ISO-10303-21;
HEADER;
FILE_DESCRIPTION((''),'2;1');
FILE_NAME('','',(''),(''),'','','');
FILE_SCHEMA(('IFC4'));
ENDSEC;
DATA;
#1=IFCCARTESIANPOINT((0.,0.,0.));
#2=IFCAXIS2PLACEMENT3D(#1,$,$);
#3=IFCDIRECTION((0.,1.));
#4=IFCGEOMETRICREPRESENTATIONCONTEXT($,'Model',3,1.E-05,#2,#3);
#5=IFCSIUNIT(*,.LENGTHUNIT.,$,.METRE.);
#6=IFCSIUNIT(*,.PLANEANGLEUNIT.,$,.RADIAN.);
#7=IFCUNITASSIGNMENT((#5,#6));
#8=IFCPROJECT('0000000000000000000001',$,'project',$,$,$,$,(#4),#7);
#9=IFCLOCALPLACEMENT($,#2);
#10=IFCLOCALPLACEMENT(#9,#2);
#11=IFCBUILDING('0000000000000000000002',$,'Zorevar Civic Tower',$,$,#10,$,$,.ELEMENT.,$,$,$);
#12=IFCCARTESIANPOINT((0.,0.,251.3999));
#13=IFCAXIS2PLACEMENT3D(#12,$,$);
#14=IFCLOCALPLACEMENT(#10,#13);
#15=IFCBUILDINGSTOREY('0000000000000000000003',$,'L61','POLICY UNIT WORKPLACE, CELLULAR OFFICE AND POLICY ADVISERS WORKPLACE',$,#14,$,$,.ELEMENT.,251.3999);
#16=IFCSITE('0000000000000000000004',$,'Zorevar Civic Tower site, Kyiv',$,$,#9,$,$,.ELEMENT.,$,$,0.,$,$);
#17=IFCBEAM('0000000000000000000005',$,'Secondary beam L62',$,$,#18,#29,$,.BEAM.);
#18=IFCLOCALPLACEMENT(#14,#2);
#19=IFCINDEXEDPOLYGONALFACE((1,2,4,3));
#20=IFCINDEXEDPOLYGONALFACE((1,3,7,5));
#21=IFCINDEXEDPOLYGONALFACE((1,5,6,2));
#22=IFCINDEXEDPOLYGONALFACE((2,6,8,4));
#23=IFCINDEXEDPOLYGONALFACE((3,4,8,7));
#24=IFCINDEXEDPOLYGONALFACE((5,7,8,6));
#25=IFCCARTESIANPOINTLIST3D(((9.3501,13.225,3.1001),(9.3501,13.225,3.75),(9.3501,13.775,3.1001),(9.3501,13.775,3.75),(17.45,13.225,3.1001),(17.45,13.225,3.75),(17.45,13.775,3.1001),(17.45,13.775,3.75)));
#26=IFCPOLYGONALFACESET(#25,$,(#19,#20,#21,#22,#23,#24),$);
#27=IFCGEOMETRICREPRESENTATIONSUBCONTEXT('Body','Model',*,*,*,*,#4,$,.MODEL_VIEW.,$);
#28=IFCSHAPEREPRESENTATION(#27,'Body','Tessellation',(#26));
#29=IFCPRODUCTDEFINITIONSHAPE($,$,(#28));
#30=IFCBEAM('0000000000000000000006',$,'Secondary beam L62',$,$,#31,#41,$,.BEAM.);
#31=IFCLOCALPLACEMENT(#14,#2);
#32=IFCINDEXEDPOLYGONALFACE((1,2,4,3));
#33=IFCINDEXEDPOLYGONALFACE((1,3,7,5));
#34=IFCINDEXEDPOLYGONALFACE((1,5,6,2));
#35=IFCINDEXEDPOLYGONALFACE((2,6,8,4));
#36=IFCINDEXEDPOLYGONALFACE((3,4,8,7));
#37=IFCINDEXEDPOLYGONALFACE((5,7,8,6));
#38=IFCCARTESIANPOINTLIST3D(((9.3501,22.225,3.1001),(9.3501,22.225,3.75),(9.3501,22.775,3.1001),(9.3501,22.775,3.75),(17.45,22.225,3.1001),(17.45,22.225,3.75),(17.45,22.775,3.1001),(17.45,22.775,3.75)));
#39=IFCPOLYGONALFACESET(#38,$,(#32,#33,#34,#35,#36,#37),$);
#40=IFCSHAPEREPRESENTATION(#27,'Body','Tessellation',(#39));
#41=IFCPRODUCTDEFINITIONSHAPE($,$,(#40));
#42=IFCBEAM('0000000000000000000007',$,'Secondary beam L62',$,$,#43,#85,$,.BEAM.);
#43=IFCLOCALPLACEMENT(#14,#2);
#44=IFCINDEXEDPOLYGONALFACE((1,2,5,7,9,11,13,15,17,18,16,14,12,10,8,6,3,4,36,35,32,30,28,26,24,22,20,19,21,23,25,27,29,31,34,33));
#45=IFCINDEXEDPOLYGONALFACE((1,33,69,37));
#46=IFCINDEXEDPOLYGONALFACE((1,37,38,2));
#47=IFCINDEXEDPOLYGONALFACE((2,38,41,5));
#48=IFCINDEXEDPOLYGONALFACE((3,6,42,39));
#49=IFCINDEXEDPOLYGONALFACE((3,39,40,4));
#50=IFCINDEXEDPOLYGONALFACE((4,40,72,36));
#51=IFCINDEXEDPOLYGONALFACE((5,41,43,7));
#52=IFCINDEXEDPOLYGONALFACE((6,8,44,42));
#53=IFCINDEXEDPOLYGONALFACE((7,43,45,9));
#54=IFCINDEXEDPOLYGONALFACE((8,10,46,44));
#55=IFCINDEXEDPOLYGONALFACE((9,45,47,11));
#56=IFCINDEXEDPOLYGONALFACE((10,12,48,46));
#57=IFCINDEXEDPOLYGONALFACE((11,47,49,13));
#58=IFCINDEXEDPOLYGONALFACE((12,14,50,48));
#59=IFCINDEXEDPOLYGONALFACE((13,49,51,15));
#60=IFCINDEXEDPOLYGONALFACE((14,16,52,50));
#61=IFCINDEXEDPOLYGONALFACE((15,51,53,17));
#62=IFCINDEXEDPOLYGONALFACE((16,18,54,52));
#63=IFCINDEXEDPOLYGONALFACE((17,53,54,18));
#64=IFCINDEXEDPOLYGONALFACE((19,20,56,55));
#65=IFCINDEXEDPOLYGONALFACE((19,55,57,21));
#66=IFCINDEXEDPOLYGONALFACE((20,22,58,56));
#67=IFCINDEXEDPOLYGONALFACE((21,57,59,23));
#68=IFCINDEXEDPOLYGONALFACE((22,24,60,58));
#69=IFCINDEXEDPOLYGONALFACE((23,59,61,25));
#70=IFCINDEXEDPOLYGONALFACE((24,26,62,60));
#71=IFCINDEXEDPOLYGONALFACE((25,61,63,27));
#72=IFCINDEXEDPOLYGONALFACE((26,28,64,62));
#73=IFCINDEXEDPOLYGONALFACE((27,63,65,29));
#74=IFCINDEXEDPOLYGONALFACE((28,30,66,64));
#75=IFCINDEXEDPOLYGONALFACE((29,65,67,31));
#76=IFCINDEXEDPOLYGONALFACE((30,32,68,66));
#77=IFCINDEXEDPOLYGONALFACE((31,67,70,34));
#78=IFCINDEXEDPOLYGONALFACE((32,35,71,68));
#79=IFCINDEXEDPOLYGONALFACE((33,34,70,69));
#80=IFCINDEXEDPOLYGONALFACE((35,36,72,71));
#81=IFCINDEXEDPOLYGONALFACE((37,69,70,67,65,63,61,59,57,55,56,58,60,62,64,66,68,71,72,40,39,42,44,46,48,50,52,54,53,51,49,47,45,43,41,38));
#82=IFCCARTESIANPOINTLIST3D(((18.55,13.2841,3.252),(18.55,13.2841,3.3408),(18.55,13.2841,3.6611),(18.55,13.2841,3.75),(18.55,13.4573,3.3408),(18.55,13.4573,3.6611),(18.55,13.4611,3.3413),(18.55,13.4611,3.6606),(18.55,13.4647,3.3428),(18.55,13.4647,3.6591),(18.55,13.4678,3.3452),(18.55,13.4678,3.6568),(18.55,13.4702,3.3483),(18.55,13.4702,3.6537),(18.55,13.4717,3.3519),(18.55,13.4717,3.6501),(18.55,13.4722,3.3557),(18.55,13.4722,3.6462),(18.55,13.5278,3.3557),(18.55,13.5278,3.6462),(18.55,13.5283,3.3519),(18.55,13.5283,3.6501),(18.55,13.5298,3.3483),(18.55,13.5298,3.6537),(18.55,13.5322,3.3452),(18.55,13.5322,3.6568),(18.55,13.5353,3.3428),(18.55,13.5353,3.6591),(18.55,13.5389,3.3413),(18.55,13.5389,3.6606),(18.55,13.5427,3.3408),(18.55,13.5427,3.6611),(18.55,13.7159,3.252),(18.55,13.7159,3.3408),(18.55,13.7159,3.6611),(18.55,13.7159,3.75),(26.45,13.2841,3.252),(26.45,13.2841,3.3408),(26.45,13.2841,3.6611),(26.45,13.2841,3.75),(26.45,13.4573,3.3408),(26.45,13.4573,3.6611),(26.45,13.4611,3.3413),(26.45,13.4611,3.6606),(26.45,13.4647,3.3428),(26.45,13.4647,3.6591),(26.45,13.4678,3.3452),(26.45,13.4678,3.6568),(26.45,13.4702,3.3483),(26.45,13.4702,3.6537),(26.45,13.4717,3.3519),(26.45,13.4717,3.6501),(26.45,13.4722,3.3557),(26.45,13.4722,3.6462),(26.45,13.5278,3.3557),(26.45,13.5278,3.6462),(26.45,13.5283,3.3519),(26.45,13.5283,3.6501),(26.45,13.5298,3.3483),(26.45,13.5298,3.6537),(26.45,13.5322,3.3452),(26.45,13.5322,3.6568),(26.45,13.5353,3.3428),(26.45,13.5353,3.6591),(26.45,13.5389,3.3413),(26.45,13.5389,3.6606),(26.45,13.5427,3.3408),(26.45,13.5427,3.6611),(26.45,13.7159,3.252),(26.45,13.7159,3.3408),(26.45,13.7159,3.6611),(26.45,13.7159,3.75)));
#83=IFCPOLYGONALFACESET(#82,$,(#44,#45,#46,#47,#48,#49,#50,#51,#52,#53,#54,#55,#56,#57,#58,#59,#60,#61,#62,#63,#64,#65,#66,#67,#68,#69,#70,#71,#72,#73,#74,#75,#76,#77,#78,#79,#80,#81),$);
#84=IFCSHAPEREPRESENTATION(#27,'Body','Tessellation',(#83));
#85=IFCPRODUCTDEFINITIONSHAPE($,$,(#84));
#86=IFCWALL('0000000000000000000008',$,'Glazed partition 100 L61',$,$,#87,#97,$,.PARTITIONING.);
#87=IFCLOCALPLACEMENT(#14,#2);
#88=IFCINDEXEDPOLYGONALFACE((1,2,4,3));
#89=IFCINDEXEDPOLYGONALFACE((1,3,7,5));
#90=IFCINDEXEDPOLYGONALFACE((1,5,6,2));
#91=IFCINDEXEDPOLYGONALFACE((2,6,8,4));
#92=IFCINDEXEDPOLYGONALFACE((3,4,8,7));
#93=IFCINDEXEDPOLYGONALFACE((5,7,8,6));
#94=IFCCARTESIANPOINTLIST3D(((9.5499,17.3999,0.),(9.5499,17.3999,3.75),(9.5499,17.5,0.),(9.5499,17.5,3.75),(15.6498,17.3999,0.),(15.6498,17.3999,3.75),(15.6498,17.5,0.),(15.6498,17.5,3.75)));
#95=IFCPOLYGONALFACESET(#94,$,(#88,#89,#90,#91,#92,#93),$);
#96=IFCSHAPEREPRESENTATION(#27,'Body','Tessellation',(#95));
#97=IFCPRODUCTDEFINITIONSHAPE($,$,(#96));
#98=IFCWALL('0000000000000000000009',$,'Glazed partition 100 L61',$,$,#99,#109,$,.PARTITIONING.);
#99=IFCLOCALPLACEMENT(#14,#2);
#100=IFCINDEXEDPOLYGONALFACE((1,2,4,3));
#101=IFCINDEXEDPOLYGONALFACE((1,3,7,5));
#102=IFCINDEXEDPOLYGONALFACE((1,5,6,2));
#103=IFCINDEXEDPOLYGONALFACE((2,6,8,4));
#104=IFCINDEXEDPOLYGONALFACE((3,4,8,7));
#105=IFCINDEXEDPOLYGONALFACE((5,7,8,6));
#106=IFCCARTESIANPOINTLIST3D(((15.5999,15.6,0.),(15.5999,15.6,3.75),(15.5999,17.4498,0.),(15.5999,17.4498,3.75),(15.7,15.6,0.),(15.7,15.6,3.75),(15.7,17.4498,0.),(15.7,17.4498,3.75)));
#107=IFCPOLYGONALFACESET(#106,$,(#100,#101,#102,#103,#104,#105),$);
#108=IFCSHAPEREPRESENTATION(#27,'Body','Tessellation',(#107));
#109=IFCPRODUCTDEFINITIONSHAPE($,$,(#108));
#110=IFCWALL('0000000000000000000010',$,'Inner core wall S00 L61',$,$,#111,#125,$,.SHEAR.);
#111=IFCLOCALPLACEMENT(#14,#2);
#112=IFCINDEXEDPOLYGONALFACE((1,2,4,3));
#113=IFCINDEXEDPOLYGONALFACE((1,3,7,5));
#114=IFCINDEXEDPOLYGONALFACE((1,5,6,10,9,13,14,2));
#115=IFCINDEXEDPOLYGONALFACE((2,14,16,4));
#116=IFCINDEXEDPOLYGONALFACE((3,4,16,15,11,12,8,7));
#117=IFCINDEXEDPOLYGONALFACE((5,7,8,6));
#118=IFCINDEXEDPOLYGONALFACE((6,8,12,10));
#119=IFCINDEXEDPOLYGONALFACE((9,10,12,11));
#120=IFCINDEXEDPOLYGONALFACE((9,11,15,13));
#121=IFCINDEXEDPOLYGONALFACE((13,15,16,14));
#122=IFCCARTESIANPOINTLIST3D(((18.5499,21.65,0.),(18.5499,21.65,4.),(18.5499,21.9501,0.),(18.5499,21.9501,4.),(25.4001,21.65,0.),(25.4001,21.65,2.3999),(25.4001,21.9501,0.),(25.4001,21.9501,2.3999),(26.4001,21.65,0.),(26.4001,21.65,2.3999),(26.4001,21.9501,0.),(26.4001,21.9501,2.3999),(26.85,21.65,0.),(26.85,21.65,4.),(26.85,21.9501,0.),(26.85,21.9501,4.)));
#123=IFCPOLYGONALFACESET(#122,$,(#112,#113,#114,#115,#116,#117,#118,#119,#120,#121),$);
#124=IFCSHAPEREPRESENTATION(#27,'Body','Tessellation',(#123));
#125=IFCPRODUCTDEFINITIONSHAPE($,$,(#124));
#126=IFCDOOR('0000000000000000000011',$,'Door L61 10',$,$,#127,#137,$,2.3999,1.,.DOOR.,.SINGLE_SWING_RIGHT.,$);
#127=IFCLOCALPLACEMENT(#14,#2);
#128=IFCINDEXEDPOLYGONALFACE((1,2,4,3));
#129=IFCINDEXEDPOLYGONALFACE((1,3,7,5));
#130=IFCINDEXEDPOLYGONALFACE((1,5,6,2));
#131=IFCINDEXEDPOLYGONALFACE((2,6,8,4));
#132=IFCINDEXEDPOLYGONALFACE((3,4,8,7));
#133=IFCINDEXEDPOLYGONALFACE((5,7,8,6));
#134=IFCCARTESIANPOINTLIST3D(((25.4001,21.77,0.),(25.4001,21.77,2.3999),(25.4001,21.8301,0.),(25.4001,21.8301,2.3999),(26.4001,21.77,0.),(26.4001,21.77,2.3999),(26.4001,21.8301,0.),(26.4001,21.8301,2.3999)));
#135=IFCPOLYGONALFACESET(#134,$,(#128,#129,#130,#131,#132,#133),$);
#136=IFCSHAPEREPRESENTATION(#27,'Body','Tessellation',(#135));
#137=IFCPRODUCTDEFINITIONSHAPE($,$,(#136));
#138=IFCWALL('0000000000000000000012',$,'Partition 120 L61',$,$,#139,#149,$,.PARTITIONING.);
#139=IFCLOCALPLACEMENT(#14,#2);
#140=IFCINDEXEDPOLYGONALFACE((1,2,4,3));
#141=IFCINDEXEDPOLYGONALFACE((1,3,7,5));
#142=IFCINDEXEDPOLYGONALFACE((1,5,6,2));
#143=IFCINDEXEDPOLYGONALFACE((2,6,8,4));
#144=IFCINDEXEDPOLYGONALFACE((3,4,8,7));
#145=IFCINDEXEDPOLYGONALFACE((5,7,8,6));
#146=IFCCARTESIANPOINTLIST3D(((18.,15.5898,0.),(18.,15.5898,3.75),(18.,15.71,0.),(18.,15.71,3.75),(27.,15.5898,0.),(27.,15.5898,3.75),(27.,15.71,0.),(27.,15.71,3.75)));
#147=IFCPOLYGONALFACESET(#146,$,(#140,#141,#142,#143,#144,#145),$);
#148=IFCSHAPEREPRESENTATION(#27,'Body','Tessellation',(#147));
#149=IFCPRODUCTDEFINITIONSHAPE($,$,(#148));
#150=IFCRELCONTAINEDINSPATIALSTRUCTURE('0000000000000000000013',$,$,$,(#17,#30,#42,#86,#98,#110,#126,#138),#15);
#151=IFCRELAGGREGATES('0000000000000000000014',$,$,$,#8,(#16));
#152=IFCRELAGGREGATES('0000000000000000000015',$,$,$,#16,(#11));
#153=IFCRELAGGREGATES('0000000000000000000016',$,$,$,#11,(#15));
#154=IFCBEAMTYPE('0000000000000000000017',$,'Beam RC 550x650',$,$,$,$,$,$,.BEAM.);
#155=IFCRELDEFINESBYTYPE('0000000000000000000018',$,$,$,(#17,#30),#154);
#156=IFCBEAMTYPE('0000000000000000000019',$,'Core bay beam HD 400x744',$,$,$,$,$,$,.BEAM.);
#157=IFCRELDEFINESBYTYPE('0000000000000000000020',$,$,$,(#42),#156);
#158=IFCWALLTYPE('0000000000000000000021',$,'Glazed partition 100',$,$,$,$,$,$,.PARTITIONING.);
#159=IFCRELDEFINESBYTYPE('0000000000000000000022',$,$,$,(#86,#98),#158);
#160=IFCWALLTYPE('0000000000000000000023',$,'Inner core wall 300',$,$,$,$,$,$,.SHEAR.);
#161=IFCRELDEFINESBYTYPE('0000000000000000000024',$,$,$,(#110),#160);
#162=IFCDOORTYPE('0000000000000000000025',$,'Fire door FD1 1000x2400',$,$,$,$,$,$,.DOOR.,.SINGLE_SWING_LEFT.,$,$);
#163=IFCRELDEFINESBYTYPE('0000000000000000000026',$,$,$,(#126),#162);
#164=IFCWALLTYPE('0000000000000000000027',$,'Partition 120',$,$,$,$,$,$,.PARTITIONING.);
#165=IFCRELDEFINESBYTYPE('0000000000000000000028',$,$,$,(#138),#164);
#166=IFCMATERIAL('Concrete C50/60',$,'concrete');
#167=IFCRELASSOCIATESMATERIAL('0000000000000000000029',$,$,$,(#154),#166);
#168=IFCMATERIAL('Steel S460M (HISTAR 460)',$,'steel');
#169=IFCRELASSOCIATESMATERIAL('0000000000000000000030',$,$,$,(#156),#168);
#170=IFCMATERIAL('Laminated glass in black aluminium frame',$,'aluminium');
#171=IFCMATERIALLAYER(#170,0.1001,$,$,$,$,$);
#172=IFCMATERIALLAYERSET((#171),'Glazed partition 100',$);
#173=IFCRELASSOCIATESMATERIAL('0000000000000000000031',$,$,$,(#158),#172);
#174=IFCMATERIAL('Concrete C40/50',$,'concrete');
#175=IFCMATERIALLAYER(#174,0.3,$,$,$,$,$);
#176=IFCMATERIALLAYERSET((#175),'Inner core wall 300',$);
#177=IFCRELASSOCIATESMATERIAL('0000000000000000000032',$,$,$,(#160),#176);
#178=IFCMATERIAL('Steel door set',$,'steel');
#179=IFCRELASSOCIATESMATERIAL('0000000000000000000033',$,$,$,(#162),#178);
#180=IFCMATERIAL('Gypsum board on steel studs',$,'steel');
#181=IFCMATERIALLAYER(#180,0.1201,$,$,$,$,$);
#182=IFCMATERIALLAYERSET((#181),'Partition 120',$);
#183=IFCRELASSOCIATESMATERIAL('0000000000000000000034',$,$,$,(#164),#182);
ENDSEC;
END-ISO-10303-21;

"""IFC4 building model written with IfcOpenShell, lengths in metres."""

from ifc_helpers import new_model, si_unit, direction, frame, frame_2d, origin, origin_2d, place, context, subcontext, project, spatial, rectangle, i_section, extrude, material, layer, layer_set, material_profile, profile_set, type_object, element, fill, save


model = new_model("IFC4")

# Units and contexts
model_context = context("Model", 3, precision=1e-05, world=origin(), true_north=direction((0.0, 1.0)))
body_context = subcontext(model_context, "Body", "Model", "MODEL_VIEW")
ifc_project = project(units=[si_unit("LENGTHUNIT", "METRE"), si_unit("PLANEANGLEUNIT", "RADIAN")], contexts=[model_context])

# Site, building, storey
site_placement = place(None, origin())
site = spatial("IfcSite", under=ifc_project, at=site_placement, Name="Zorevar Civic Tower site, Kyiv", CompositionType="ELEMENT", RefElevation=0.0)
building_placement = place(site_placement, origin())
building = spatial("IfcBuilding", under=site, at=building_placement, Name="Zorevar Civic Tower", CompositionType="ELEMENT")
storey_placement = place(building_placement, frame((0.0, 0.0, 251.3999)))
storey = spatial("IfcBuildingStorey", under=building, at=storey_placement, Name="L61", Description="POLICY UNIT WORKPLACE, CELLULAR OFFICE AND POLICY ADVISERS WORKPLACE", CompositionType="ELEMENT", Elevation=251.3999)

# Beams
ifc_material_1 = material(Name="Concrete C50/60", Category="concrete")
ifc_material_profile_1 = material_profile(ifc_material_1, rectangle(XDim=0.55, YDim=0.6499, at=origin_2d()), Name="RC 550x650")
ifc_profile_set_1 = profile_set([ifc_material_profile_1], Name="Concrete C50/60")
beam_type_1 = type_object("IfcBeamType", Name="Beam RC 550x650", PredefinedType="BEAM", material=ifc_profile_set_1)
for number, where, z_axis, x_axis, name in (
    (1, (9.3501, 13.5, 3.425), (1.0, 0.0, 0.0), (0.0, 1.0, 0.0), "Secondary beam L62"),
    (2, (9.3501, 22.5, 3.425), (1.0, 0.0, 0.0), (0.0, 1.0, 0.0), "Secondary beam L62"),
):
    element("IfcBeam", number, at=place(storey_placement, frame(where, z_axis=z_axis, x_axis=x_axis)), inside=storey, type_object=beam_type_1, Name=name, PredefinedType="BEAM", context=body_context, shape_type="SweptSolid", body=[
        extrude(rectangle(XDim=0.55, YDim=0.6499, at=origin_2d()), origin(), (0.0, 0.0, 1.0), 8.0999),
    ])
ifc_material_2 = material(Name="Steel S460M (HISTAR 460)", Category="steel")
ifc_material_profile_2 = material_profile(ifc_material_2, i_section(OverallWidth=0.4319, OverallDepth=0.498, WebThickness=0.0557, FlangeThickness=0.0889, FilletRadius=0.0149, at=origin_2d()), Name="HD 400x744")
ifc_profile_set_2 = profile_set([ifc_material_profile_2], Name="Steel S460M (HISTAR 460)")
beam_type_2 = type_object("IfcBeamType", Name="Core bay beam HD 400x744", PredefinedType="BEAM", material=ifc_profile_set_2)
beam_placement = place(storey_placement, frame((18.55, 13.5, 3.501), z_axis=(1.0, 0.0, 0.0), x_axis=(0.0, 1.0, 0.0)))
element("IfcBeam", 3, at=beam_placement, inside=storey, type_object=beam_type_2, Name="Secondary beam L62", PredefinedType="BEAM", context=body_context, shape_type="SweptSolid", body=[
    extrude(i_section(OverallWidth=0.4319, OverallDepth=0.498, WebThickness=0.0557, FlangeThickness=0.0889, FilletRadius=0.0149, at=origin_2d()), origin(), (0.0, 0.0, 1.0), 7.8999),
])

# Shared definitions
ifc_material_3 = material(Name="Laminated glass in black aluminium frame", Category="aluminium")
ifc_layer_1 = layer(ifc_material_3, 0.1001)
ifc_layer_set_1 = layer_set([ifc_layer_1], Name="Glazed partition 100")
wall_type_1 = type_object("IfcWallType", Name="Glazed partition 100", PredefinedType="PARTITIONING", material=ifc_layer_set_1)

# Walls
wall_1_placement = place(storey_placement, frame((9.55, 17.45, 0.0), z_axis=(0.0, 0.0, 1.0), x_axis=(1.0, 0.0, 0.0)))
element("IfcWall", 4, at=wall_1_placement, inside=storey, type_object=wall_type_1, Name="Glazed partition 100 L61", PredefinedType="PARTITIONING", context=body_context, shape_type="SweptSolid", body=[
    extrude(rectangle(XDim=6.0999, YDim=0.1001, at=frame_2d((3.0498, 0.0))), origin(), (0.0, 0.0, 1.0), 3.75),
])
wall_2_placement = place(storey_placement, frame((15.6499, 15.6001, 0.0), z_axis=(0.0, 0.0, 1.0), x_axis=(0.0, 1.0, 0.0)))
element("IfcWall", 5, at=wall_2_placement, inside=storey, type_object=wall_type_1, Name="Glazed partition 100 L61", PredefinedType="PARTITIONING", context=body_context, shape_type="SweptSolid", body=[
    extrude(rectangle(XDim=1.8499, YDim=0.1001, at=frame_2d((0.9248, 0.0))), origin(), (0.0, 0.0, 1.0), 3.75),
])

# Wall, opening, door
ifc_material_4 = material(Name="Concrete C40/50", Category="concrete")
ifc_layer_2 = layer(ifc_material_4, 0.3)
ifc_layer_set_2 = layer_set([ifc_layer_2], Name="Inner core wall 300")
wall_type_2 = type_object("IfcWallType", Name="Inner core wall 300", PredefinedType="SHEAR", material=ifc_layer_set_2)
wall_3_placement = place(storey_placement, frame((18.55, 21.8, 0.0), z_axis=(0.0, 0.0, 1.0), x_axis=(1.0, 0.0, 0.0)))
wall_3 = element("IfcWall", 6, at=wall_3_placement, inside=storey, type_object=wall_type_2, Name="Inner core wall S00 L61", PredefinedType="SHEAR", context=body_context, shape_type="SweptSolid", body=[
    extrude(rectangle(XDim=8.3, YDim=0.3, at=frame_2d((4.1499, 0.0))), origin(), (0.0, 0.0, 1.0), 4.0),
])
opening_1_placement = place(wall_3_placement, frame((6.8501, 0.0, 0.0)))
opening_1 = element("IfcOpeningElement", 7, at=opening_1_placement, cuts=wall_3, PredefinedType="OPENING", context=body_context, shape_type="SweptSolid", body=[
    extrude(rectangle(XDim=1.0, YDim=2.3999, at=frame_2d((0.5, 1.2))), frame((0.0, 0.1599, 0.0), z_axis=(0.0, -1.0, 0.0), x_axis=(1.0, 0.0, 0.0)), (0.0, 0.0, 1.0), 0.3201),
])
ifc_material_5 = material(Name="Steel door set", Category="steel")
door_type_1 = type_object("IfcDoorType", Name="Fire door FD1 1000x2400", OperationType="SINGLE_SWING_LEFT", PredefinedType="DOOR", material=ifc_material_5)
door_1_placement = place(opening_1_placement, origin())
door_1 = element("IfcDoor", 8, at=door_1_placement, inside=storey, type_object=door_type_1, Name="Door L61 10", OperationType="SINGLE_SWING_RIGHT", OverallHeight=2.3999, OverallWidth=1.0, PredefinedType="DOOR", context=body_context, shape_type="SweptSolid", body=[
    extrude(rectangle(XDim=1.0, YDim=2.3999, at=frame_2d((0.5, 1.2))), frame((0.0, 0.03, 0.0), z_axis=(0.0, -1.0, 0.0), x_axis=(1.0, 0.0, 0.0)), (0.0, 0.0, 1.0), 0.0601),
])
fill(opening_1, door_1)

# Wall
ifc_material_6 = material(Name="Gypsum board on steel studs", Category="steel")
ifc_layer_3 = layer(ifc_material_6, 0.1201)
ifc_layer_set_3 = layer_set([ifc_layer_3], Name="Partition 120")
wall_type_3 = type_object("IfcWallType", Name="Partition 120", PredefinedType="PARTITIONING", material=ifc_layer_set_3)
wall_4_placement = place(storey_placement, frame((18.0, 15.6499, 0.0), z_axis=(0.0, 0.0, 1.0), x_axis=(1.0, 0.0, 0.0)))
element("IfcWall", 9, at=wall_4_placement, inside=storey, type_object=wall_type_3, Name="Partition 120 L61", PredefinedType="PARTITIONING", context=body_context, shape_type="SweptSolid", body=[
    extrude(rectangle(XDim=9.0, YDim=0.1201, at=frame_2d((4.5, 0.0))), origin(), (0.0, 0.0, 1.0), 3.75),
])

save(model, "model.ifc")
